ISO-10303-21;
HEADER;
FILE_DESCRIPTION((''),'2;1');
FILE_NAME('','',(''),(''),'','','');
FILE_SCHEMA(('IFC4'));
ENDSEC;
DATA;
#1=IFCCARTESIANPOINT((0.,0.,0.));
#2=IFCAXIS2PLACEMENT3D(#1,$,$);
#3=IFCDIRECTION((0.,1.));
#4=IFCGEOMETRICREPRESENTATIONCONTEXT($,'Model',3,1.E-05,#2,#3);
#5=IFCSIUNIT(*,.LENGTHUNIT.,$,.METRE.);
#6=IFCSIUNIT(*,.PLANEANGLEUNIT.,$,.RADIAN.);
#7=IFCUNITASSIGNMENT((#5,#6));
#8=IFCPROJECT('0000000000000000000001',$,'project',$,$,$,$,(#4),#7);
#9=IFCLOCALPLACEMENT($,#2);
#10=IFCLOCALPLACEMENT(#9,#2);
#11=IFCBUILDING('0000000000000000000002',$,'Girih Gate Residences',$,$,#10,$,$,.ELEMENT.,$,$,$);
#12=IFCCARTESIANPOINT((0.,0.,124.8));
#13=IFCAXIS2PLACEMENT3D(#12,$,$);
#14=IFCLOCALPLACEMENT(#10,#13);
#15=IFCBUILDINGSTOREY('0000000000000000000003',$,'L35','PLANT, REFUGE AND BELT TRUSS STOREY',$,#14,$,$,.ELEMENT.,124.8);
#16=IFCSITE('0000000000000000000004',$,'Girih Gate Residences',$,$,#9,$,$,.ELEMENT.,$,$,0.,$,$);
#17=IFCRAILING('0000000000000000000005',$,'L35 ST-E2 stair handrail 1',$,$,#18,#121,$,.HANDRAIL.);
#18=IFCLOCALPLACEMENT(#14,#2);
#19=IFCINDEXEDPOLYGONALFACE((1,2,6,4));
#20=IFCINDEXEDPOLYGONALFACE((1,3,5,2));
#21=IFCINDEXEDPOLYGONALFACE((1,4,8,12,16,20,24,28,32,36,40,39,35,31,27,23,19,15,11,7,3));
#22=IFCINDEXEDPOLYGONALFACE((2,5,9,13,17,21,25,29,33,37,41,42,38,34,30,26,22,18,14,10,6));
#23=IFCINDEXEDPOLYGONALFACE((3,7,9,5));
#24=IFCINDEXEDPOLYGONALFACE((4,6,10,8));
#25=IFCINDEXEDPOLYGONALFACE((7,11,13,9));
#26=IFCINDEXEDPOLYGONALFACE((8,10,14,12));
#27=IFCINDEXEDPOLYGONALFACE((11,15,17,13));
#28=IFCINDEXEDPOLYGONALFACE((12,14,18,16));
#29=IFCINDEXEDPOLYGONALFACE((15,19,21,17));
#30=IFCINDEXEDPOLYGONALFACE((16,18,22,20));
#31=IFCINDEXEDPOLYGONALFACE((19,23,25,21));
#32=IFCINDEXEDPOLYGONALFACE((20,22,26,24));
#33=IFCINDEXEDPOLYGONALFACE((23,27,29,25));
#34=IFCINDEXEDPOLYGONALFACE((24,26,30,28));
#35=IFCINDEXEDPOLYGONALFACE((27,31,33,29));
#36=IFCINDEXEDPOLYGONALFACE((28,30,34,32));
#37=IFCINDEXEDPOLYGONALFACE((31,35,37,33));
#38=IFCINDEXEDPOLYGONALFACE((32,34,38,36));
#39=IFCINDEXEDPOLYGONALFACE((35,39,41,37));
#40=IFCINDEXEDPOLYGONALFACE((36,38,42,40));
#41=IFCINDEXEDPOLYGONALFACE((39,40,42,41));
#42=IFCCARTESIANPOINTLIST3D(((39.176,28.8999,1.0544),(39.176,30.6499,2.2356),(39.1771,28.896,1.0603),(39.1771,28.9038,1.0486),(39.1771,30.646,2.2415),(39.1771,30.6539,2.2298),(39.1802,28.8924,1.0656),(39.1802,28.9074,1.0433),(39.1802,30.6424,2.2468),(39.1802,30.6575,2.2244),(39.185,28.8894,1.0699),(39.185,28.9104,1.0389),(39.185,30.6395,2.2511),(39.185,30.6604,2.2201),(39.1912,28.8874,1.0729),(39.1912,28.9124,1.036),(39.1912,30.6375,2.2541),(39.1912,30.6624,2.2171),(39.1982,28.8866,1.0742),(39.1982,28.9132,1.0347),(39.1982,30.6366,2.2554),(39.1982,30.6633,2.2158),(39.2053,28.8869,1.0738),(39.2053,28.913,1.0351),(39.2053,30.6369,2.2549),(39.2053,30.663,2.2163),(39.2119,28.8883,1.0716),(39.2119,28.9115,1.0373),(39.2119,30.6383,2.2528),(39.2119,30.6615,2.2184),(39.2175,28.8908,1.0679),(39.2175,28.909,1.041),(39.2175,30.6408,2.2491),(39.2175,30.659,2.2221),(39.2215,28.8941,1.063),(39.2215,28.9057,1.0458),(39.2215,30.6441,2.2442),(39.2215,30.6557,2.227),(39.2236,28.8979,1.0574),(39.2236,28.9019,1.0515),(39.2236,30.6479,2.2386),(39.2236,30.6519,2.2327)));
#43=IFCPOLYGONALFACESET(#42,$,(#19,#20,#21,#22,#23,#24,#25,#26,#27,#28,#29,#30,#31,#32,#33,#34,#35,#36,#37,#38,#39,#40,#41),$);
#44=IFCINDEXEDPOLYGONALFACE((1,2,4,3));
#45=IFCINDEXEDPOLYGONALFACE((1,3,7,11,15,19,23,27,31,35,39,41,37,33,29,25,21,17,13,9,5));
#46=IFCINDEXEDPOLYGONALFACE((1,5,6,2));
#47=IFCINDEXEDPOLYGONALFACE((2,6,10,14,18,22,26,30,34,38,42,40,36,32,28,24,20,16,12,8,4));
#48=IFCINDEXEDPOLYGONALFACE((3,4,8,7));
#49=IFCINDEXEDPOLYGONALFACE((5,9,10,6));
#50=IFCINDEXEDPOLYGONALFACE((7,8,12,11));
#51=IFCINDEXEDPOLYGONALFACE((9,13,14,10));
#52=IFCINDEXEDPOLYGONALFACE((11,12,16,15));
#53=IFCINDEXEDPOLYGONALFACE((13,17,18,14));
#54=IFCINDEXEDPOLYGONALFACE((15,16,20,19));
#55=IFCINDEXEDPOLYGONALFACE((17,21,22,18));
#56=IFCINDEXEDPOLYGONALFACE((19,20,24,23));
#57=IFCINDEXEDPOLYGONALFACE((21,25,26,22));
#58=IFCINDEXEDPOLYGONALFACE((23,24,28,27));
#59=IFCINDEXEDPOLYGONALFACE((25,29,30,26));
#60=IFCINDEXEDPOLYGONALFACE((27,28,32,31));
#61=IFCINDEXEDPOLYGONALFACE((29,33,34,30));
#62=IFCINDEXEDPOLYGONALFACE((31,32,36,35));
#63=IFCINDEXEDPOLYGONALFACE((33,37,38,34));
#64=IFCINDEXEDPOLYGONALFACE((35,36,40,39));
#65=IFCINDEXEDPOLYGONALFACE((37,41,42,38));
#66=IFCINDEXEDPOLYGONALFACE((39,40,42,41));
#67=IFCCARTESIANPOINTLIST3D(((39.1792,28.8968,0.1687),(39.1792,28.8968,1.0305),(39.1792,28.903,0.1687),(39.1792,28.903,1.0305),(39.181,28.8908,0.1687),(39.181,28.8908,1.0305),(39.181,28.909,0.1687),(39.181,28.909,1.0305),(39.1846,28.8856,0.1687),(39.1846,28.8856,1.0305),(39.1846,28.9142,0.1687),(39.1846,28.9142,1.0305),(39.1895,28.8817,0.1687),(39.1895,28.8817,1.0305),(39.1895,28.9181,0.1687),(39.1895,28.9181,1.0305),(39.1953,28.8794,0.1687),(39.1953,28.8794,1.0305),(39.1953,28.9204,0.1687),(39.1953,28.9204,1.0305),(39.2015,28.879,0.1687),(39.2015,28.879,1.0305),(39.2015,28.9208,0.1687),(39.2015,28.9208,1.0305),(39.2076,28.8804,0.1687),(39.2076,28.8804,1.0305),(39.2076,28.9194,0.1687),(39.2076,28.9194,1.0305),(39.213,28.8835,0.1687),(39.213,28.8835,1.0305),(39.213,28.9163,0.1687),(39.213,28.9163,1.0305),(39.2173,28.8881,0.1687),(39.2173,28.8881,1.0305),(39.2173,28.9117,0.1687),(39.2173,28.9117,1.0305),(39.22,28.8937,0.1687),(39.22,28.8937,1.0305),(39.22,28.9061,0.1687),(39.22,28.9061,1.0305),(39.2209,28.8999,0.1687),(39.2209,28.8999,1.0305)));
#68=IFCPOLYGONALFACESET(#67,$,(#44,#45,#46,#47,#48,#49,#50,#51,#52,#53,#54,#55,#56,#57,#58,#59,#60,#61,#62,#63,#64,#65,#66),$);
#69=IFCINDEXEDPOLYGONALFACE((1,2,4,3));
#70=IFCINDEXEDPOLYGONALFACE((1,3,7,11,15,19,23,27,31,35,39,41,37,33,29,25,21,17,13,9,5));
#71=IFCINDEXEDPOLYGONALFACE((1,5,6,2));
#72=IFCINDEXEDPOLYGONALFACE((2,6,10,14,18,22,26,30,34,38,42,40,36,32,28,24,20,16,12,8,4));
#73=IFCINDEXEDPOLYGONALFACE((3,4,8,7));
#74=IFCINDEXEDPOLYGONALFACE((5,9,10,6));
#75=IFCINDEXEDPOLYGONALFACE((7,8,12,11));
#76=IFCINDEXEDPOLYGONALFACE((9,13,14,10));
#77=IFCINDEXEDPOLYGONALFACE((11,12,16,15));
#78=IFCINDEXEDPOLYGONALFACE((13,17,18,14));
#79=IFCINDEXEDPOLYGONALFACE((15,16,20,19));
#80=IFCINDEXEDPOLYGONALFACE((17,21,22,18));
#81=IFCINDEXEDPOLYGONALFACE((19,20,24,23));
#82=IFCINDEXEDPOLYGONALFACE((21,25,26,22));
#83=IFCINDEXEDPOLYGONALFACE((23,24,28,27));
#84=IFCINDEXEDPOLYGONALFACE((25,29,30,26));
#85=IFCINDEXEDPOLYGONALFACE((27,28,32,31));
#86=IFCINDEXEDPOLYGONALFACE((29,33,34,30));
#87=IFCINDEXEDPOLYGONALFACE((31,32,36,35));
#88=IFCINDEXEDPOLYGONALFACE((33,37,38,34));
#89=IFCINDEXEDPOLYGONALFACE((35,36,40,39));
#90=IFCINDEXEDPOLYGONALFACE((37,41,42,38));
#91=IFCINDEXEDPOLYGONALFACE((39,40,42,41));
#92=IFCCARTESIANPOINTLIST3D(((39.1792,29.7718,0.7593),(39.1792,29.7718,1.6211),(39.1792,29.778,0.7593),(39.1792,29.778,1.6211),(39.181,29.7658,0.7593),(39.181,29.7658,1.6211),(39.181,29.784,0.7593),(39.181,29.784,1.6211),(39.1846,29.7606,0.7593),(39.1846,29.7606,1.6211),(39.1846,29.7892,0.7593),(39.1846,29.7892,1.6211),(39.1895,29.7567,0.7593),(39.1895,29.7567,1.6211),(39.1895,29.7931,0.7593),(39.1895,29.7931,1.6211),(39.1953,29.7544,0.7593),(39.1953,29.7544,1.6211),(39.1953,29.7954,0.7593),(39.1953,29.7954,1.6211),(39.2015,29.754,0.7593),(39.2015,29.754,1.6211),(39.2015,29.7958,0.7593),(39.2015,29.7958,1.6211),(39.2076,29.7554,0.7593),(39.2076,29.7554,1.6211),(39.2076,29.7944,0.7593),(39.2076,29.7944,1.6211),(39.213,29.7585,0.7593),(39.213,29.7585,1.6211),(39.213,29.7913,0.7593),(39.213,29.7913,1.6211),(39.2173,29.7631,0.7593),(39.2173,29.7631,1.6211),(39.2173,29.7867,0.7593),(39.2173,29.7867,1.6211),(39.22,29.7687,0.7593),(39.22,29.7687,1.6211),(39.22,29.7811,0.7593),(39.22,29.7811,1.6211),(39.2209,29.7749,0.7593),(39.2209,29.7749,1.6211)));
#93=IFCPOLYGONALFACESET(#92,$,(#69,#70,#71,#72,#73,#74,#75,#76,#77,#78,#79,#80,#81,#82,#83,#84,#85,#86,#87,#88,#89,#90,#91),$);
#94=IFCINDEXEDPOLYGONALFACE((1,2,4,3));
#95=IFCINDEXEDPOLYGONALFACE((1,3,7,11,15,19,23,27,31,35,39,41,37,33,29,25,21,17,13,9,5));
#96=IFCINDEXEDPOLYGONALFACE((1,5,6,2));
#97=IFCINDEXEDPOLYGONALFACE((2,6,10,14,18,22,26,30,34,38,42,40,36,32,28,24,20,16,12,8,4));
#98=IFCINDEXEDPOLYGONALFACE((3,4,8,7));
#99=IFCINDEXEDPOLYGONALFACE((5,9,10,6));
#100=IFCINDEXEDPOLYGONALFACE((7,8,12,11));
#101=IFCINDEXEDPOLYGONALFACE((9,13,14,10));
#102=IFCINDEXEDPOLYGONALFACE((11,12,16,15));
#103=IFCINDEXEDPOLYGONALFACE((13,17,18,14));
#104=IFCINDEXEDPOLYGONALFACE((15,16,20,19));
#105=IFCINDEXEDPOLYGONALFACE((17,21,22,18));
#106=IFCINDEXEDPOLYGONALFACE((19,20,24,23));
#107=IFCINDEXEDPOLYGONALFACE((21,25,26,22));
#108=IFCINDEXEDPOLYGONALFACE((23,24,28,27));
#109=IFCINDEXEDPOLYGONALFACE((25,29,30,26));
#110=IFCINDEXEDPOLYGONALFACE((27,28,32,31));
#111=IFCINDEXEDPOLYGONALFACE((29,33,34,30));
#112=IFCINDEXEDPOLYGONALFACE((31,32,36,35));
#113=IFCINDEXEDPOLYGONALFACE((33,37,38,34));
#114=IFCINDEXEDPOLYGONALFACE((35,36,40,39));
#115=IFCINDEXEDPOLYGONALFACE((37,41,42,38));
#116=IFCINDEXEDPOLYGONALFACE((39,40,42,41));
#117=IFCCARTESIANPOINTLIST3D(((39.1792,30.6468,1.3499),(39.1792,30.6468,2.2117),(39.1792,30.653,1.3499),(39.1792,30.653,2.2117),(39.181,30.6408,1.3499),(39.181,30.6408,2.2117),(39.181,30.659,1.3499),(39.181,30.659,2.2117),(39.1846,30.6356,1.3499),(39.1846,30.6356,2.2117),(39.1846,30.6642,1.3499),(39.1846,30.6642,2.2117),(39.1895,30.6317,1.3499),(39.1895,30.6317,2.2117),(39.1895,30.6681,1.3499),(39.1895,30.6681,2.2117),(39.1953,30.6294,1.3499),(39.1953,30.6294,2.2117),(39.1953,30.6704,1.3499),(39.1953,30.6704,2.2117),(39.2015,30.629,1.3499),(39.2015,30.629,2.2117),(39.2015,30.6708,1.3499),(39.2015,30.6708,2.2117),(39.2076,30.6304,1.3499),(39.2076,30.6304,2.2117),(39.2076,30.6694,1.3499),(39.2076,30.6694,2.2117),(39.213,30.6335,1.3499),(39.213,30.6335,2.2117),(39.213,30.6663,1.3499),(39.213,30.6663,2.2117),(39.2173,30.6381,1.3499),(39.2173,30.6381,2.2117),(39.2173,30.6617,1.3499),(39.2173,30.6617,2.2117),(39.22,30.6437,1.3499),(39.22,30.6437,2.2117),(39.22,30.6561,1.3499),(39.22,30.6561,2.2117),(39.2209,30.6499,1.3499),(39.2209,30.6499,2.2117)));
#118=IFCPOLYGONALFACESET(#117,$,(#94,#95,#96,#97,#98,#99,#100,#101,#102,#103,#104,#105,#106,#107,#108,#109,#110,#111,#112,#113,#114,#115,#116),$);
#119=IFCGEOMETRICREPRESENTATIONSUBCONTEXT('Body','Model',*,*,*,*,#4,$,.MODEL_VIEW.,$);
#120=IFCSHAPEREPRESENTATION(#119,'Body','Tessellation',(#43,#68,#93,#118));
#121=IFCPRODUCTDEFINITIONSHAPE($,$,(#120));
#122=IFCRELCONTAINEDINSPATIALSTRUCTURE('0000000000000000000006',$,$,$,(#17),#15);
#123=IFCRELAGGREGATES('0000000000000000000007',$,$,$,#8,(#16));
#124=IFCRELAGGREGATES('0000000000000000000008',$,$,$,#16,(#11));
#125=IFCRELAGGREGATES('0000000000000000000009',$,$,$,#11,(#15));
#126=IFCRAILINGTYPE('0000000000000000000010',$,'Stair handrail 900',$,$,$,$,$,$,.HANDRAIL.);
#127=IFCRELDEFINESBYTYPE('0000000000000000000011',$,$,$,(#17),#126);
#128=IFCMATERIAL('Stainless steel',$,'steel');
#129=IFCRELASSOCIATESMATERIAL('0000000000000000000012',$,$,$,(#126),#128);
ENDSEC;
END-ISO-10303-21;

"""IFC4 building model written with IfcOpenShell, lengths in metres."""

from ifc_helpers import new_model, si_unit, direction, frame, origin, origin_2d, place, context, subcontext, project, spatial, circle, extrude, material, type_object, element, save


model = new_model("IFC4")

# Units and contexts
model_context = context("Model", 3, precision=1e-05, world=origin(), true_north=direction((0.0, 1.0)))
body_context = subcontext(model_context, "Body", "Model", "MODEL_VIEW")
ifc_project = project(units=[si_unit("LENGTHUNIT", "METRE"), si_unit("PLANEANGLEUNIT", "RADIAN")], contexts=[model_context])

# Site, building, storey
site_placement = place(None, origin())
site = spatial("IfcSite", under=ifc_project, at=site_placement, Name="Girih Gate Residences", CompositionType="ELEMENT", RefElevation=0.0)
building_placement = place(site_placement, origin())
building = spatial("IfcBuilding", under=site, at=building_placement, Name="Girih Gate Residences", CompositionType="ELEMENT")
storey_placement = place(building_placement, frame((0.0, 0.0, 124.8)))
storey = spatial("IfcBuildingStorey", under=building, at=storey_placement, Name="L35", Description="PLANT, REFUGE AND BELT TRUSS STOREY", CompositionType="ELEMENT", Elevation=124.8)

# Railing
ifc_material_1 = material(Name="Stainless steel", Category="steel")
railing_type_1 = type_object("IfcRailingType", Name="Stair handrail 900", PredefinedType="HANDRAIL", material=ifc_material_1)
railing_1_placement = place(storey_placement, frame((39.2, 28.8999, 0.1687)))
element("IfcRailing", 1, at=railing_1_placement, inside=storey, type_object=railing_type_1, Name="L35 ST-E2 stair handrail 1", PredefinedType="HANDRAIL", context=body_context, shape_type="SweptSolid", body=[
    extrude(circle(Radius=0.0239, at=origin_2d()), frame((0.0, 0.0, 0.8857), z_axis=(0.0, 0.82887, 0.559441), x_axis=(-1.0, 0.0, 0.0)), (0.0, 0.0, 1.0), 2.1113),
    extrude(circle(Radius=0.021, at=origin_2d()), origin(), (0.0, 0.0, 1.0), 0.8618),
    extrude(circle(Radius=0.021, at=origin_2d()), frame((0.0, 0.875, 0.5906)), (0.0, 0.0, 1.0), 0.8618),
    extrude(circle(Radius=0.021, at=origin_2d()), frame((0.0, 1.75, 1.1812)), (0.0, 0.0, 1.0), 0.8618),
])

save(model, "model.ifc")
